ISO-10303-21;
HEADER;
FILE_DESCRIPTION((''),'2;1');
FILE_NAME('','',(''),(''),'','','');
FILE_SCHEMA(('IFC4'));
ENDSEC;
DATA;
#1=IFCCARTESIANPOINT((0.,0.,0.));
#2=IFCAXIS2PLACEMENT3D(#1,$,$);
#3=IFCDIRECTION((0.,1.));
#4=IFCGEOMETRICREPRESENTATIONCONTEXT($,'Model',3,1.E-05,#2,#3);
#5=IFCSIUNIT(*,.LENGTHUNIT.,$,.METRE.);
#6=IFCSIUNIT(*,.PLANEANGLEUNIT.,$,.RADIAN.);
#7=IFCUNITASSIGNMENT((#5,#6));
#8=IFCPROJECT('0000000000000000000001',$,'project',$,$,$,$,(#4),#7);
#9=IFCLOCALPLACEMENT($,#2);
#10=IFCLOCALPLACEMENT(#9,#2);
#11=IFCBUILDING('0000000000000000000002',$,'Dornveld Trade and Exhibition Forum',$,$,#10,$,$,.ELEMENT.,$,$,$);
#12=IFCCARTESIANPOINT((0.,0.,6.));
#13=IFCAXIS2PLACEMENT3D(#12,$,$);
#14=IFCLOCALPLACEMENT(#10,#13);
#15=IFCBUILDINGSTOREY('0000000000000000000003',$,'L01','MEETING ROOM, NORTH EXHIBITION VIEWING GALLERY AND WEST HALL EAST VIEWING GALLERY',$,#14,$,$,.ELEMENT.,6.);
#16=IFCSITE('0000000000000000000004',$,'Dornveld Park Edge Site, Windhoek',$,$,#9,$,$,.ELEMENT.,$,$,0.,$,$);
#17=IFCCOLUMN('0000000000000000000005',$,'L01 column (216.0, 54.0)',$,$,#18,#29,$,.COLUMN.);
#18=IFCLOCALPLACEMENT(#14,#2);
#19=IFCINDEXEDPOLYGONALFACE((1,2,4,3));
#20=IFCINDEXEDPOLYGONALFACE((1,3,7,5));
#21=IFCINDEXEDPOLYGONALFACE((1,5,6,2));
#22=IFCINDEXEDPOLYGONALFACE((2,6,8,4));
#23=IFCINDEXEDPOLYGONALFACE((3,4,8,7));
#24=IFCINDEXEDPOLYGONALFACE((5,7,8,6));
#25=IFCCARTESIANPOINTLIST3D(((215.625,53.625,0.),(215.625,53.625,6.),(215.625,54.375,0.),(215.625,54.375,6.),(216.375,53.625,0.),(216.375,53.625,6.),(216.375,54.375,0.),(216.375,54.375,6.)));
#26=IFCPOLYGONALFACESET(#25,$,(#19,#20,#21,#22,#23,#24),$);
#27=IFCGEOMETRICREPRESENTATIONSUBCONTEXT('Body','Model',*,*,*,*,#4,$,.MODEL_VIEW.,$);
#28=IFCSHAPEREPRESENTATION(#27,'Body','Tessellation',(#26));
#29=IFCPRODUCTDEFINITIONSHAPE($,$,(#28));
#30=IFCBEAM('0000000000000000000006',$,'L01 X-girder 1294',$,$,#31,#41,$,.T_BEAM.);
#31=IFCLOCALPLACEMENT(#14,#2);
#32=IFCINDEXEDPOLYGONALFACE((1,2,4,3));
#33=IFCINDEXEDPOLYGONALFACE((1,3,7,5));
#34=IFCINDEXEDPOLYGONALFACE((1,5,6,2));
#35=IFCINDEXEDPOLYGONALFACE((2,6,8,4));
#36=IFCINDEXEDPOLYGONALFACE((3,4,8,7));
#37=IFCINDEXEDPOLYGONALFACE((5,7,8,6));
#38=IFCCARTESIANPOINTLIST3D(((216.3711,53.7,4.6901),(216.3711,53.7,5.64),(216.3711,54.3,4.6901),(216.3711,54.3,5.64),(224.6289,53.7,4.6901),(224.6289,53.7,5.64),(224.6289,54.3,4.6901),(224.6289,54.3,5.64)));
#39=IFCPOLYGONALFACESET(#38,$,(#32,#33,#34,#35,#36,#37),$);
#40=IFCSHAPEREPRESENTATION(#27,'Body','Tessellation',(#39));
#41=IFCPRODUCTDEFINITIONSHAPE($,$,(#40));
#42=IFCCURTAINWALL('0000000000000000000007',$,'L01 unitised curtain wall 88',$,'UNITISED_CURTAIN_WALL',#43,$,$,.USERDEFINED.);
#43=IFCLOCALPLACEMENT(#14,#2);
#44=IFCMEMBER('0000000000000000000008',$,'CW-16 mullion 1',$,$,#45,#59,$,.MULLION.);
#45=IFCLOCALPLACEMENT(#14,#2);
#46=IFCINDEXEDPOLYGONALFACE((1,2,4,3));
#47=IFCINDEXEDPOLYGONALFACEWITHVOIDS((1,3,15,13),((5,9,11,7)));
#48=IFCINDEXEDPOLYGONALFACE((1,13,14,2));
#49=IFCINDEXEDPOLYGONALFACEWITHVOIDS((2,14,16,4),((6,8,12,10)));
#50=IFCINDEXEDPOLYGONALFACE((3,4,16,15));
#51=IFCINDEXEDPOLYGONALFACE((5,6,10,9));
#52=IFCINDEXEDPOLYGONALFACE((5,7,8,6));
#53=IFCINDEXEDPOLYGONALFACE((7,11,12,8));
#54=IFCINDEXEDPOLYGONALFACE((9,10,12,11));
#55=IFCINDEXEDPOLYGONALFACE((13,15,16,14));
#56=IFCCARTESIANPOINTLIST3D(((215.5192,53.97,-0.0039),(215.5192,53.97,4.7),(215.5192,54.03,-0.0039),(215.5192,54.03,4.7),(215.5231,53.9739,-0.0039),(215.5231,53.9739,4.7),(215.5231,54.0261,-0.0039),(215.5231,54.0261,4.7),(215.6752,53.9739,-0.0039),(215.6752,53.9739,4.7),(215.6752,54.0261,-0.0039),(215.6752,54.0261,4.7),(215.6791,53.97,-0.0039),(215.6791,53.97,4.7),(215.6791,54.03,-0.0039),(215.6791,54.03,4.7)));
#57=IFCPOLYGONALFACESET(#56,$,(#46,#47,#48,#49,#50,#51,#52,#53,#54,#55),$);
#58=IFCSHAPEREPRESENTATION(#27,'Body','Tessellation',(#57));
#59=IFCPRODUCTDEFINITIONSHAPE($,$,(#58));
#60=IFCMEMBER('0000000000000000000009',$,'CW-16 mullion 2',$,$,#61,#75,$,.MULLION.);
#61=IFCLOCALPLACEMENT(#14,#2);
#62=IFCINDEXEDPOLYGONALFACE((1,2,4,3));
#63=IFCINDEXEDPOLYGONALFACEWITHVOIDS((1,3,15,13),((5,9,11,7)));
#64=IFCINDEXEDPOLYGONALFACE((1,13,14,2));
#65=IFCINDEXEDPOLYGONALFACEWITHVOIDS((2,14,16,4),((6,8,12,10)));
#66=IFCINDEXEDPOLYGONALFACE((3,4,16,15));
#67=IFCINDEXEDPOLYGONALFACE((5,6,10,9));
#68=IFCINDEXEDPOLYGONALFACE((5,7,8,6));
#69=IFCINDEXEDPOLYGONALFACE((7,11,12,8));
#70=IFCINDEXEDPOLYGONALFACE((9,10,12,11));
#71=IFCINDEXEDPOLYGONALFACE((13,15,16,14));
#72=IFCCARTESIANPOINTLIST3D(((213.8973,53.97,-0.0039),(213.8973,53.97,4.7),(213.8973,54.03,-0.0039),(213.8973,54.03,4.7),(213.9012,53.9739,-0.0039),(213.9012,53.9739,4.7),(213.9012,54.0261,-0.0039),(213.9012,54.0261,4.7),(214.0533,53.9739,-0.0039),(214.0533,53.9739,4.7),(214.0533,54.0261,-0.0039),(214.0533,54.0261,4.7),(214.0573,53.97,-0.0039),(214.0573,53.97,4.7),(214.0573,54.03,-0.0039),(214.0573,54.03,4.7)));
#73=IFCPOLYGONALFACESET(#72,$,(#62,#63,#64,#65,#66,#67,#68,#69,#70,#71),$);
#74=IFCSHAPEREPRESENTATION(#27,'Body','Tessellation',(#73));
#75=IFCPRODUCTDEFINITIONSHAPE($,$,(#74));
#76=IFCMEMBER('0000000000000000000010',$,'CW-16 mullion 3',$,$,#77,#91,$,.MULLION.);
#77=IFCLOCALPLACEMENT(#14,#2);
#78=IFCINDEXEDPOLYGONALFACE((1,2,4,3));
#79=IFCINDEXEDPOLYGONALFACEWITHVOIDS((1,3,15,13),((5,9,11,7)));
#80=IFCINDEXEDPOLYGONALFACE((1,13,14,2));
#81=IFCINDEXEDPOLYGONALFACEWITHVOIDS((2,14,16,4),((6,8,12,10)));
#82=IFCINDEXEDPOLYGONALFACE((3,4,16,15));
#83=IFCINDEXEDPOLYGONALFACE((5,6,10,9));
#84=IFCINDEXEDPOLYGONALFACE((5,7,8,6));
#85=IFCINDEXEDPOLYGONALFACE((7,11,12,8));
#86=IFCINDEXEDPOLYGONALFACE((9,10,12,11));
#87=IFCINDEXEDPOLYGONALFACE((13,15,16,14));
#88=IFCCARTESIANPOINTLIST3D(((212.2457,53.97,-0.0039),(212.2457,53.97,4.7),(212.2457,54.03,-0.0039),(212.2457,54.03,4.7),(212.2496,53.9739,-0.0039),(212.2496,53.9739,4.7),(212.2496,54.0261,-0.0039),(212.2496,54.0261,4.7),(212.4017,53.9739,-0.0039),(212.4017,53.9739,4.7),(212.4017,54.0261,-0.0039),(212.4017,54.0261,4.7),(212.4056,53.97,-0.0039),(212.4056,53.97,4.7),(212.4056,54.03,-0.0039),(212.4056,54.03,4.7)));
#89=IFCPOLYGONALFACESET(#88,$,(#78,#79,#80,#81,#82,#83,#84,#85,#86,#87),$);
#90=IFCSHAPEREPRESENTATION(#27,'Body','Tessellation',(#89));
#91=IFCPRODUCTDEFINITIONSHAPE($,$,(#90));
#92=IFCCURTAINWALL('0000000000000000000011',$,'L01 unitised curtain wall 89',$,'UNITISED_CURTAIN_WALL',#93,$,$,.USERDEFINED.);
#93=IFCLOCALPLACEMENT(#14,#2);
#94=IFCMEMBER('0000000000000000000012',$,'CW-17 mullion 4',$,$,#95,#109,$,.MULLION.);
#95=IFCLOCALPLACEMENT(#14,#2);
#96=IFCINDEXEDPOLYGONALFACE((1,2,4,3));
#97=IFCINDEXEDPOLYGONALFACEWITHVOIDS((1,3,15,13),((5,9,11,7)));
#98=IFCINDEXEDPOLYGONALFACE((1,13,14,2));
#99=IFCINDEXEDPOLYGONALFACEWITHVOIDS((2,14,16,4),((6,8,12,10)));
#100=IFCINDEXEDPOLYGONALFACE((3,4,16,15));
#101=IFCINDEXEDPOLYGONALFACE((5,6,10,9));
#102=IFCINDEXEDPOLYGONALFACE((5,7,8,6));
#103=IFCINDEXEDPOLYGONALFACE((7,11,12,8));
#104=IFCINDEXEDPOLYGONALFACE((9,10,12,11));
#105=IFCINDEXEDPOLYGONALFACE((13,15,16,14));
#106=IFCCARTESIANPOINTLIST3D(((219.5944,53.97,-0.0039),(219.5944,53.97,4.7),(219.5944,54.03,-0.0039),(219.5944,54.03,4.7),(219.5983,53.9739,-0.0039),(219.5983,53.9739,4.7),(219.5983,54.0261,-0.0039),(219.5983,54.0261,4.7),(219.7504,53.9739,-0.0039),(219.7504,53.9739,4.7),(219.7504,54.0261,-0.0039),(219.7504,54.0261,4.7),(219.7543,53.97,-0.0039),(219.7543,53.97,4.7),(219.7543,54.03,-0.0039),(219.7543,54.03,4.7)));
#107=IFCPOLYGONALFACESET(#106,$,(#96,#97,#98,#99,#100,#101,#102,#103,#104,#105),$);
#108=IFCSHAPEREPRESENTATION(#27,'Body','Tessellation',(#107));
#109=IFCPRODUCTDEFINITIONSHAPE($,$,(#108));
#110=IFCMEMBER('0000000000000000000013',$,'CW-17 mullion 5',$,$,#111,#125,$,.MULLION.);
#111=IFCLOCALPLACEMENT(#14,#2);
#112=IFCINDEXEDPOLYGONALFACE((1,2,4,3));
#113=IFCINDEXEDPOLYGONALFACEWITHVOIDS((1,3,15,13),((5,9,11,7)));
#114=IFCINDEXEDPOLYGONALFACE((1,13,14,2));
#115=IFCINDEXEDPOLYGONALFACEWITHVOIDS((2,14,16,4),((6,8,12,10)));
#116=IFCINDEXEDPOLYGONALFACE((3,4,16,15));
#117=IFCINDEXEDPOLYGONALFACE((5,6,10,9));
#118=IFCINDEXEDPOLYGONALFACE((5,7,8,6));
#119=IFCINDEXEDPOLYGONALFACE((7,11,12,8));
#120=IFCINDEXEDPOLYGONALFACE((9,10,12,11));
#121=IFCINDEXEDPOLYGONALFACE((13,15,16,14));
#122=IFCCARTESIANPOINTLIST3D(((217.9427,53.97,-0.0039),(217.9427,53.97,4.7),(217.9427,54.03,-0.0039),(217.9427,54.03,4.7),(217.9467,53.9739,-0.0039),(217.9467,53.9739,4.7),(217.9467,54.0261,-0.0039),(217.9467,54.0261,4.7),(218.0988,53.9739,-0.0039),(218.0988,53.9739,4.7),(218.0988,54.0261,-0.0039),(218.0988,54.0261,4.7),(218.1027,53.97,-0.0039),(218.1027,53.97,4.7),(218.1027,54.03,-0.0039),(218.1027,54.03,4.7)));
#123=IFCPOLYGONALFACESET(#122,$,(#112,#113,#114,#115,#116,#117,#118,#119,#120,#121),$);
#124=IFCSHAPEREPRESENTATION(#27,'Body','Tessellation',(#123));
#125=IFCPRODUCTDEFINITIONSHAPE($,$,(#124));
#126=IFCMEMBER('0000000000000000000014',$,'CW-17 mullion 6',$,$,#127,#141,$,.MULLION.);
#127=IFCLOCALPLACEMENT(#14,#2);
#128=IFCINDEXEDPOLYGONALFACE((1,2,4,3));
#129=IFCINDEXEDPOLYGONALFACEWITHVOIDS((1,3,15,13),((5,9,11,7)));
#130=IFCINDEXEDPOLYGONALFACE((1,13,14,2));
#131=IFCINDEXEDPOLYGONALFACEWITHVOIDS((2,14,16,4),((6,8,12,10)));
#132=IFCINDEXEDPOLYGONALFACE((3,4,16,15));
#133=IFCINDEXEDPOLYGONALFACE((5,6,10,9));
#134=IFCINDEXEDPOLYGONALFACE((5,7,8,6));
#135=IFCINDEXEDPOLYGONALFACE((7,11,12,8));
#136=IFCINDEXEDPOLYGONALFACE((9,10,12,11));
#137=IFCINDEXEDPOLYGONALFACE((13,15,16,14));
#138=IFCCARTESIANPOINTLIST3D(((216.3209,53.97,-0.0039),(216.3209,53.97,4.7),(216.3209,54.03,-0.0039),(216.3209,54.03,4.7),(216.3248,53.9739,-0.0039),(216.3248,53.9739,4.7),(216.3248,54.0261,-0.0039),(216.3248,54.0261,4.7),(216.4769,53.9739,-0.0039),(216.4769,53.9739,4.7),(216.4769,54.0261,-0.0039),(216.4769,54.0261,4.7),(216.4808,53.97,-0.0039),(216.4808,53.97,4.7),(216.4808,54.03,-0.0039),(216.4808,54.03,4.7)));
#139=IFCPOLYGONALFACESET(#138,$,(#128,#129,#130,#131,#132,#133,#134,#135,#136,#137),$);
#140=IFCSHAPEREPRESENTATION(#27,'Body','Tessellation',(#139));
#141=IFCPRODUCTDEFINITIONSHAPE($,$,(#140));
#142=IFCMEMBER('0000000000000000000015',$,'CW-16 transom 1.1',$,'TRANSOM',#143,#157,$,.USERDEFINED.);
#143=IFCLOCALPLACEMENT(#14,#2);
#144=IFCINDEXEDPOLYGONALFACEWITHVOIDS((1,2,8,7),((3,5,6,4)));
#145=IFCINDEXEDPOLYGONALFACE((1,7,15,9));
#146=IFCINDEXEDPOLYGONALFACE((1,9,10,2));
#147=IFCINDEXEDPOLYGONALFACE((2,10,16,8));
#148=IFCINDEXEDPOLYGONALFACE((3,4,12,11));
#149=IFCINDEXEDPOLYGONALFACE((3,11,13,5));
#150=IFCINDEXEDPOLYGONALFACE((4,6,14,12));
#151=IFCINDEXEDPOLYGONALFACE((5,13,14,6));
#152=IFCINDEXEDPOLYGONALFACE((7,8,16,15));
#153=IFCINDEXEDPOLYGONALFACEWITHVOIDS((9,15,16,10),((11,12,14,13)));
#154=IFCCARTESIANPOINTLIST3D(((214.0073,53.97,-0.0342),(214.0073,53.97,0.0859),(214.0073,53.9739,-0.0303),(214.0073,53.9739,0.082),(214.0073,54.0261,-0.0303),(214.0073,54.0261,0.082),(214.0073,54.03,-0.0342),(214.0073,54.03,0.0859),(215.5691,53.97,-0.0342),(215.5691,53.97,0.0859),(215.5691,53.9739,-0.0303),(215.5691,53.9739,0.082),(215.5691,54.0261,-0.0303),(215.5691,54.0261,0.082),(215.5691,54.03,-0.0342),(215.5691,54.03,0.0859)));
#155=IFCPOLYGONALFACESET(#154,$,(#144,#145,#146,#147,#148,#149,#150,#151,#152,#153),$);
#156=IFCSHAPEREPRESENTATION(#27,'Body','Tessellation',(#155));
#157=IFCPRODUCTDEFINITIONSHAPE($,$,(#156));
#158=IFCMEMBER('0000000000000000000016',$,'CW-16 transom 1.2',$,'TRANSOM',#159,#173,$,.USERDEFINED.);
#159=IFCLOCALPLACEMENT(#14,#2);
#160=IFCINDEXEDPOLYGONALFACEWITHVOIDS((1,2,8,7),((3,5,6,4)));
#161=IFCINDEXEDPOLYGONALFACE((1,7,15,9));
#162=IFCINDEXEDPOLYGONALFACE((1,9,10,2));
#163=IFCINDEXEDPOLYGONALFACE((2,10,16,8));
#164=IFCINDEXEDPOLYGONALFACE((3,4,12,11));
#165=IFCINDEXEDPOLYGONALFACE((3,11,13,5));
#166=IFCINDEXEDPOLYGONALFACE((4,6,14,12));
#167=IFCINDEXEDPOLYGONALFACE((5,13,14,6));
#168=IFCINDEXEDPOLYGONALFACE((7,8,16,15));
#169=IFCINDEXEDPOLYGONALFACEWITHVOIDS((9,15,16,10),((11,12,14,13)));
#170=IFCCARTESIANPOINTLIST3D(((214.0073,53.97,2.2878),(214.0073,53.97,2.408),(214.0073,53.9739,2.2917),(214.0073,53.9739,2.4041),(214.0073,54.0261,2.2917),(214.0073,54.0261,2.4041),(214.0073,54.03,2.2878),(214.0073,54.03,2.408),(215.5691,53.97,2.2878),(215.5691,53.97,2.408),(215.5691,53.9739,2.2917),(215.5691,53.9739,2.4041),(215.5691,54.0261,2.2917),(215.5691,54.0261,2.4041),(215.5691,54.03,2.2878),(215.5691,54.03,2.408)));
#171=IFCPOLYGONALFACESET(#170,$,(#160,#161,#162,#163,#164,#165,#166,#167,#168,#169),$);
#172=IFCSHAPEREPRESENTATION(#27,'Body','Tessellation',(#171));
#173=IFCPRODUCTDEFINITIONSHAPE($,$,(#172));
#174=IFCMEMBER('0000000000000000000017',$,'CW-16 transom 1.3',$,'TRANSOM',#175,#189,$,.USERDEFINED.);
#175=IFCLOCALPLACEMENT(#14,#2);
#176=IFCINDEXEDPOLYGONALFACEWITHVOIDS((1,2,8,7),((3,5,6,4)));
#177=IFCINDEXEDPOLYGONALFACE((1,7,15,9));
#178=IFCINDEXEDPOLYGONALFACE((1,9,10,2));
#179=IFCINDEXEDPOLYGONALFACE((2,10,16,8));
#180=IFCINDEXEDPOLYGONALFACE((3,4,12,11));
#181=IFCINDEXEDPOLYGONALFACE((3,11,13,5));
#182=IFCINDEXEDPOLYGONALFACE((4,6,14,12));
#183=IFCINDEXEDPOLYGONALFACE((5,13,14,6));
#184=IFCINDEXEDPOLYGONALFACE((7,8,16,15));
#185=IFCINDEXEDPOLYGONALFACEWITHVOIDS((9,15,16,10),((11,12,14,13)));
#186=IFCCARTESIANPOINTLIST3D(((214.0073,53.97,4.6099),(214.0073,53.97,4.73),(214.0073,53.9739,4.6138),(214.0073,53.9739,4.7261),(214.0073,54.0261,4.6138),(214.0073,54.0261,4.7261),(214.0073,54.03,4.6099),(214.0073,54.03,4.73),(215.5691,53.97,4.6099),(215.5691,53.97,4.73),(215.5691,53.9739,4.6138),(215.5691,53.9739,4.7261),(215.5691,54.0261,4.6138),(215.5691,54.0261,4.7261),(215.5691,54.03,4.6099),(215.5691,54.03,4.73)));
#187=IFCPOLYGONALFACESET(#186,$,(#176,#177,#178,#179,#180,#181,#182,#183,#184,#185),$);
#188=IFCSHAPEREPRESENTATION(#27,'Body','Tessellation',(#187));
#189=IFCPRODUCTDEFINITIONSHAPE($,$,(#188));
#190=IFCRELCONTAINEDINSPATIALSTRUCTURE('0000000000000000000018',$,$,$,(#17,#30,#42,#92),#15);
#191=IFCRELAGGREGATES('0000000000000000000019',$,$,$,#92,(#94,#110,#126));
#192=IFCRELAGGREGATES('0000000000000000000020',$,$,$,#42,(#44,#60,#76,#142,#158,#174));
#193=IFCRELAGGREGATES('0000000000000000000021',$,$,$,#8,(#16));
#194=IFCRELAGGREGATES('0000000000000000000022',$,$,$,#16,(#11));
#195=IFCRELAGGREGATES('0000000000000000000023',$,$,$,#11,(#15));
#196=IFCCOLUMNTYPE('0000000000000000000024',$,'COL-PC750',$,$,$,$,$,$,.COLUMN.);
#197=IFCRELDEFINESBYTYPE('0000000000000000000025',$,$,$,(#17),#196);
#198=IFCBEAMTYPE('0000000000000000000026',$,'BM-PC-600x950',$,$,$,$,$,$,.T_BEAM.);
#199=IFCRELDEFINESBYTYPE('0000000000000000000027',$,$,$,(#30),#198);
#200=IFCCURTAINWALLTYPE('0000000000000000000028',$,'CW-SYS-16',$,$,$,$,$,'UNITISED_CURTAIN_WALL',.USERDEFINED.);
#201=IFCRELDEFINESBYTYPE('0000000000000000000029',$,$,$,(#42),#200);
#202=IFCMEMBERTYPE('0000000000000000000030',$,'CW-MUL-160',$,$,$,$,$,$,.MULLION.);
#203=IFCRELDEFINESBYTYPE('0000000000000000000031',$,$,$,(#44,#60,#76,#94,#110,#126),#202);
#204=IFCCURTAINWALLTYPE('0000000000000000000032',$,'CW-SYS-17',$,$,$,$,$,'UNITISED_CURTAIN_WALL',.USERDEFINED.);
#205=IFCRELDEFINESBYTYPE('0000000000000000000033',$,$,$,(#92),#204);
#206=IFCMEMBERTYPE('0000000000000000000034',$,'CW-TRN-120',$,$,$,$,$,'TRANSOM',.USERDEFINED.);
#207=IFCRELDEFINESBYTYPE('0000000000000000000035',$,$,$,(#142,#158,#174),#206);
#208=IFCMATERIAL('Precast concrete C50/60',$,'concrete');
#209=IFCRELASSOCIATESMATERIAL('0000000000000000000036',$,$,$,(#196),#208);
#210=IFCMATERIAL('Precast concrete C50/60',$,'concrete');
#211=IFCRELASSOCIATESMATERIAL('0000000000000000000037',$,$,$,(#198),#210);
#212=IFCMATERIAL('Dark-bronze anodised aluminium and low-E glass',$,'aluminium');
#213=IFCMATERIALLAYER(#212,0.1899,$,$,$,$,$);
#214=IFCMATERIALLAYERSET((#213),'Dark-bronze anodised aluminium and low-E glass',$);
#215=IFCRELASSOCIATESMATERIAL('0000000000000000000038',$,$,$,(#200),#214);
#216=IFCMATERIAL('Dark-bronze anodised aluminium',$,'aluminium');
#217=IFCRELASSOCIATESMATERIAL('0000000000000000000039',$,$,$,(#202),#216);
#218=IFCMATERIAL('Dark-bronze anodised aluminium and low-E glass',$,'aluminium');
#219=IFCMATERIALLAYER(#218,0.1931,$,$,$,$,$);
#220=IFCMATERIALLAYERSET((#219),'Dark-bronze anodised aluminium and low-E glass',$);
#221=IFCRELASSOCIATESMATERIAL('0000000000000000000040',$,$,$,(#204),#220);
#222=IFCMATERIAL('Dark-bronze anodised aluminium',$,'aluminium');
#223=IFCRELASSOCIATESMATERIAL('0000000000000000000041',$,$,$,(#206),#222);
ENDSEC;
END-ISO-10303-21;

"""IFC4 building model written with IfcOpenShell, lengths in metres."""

from ifc_helpers import new_model, si_unit, direction, frame, origin, origin_2d, place, context, subcontext, project, spatial, rectangle, hollow_rectangle, extrude, material, layer, layer_set, material_profile, profile_set, type_object, element, aggregate, save


model = new_model("IFC4")

# Units and contexts
model_context = context("Model", 3, precision=1e-05, world=origin(), true_north=direction((0.0, 1.0)))
body_context = subcontext(model_context, "Body", "Model", "MODEL_VIEW")
ifc_project = project(units=[si_unit("LENGTHUNIT", "METRE"), si_unit("PLANEANGLEUNIT", "RADIAN")], contexts=[model_context])

# Site, building, storey
site_placement = place(None, origin())
site = spatial("IfcSite", under=ifc_project, at=site_placement, Name="Dornveld Park Edge Site, Windhoek", CompositionType="ELEMENT", RefElevation=0.0)
building_placement = place(site_placement, origin())
building = spatial("IfcBuilding", under=site, at=building_placement, Name="Dornveld Trade and Exhibition Forum", CompositionType="ELEMENT")
storey_placement = place(building_placement, frame((0.0, 0.0, 6.0)))
storey = spatial("IfcBuildingStorey", under=building, at=storey_placement, Name="L01", Description="MEETING ROOM, NORTH EXHIBITION VIEWING GALLERY AND WEST HALL EAST VIEWING GALLERY", CompositionType="ELEMENT", Elevation=6.0)

# Column
ifc_material_1 = material(Name="Precast concrete C50/60", Category="concrete")
ifc_material_profile_1 = material_profile(ifc_material_1, rectangle(XDim=0.75, YDim=0.75, at=origin_2d()), Name="PC-COL 750x750")
ifc_profile_set_1 = profile_set([ifc_material_profile_1], Name="Precast concrete C50/60")
column_type = type_object("IfcColumnType", Name="COL-PC750", PredefinedType="COLUMN", material=ifc_profile_set_1)
column_placement = place(storey_placement, frame((216.0, 54.0, 0.0), z_axis=(0.0, 0.0, 1.0), x_axis=(1.0, 0.0, 0.0)))
element("IfcColumn", 1, at=column_placement, inside=storey, type_object=column_type, Name="L01 column (216.0, 54.0)", PredefinedType="COLUMN", context=body_context, shape_type="SweptSolid", body=[
    extrude(rectangle(XDim=0.75, YDim=0.75, at=origin_2d()), origin(), (0.0, 0.0, 1.0), 6.0),
])

# Beam
ifc_material_2 = material(Name="Precast concrete C50/60", Category="concrete")
ifc_material_profile_2 = material_profile(ifc_material_2, rectangle(XDim=0.6001, YDim=0.95, at=origin_2d()), Name="PC-GIR 600x950")
ifc_profile_set_2 = profile_set([ifc_material_profile_2], Name="Precast concrete C50/60")
beam_type = type_object("IfcBeamType", Name="BM-PC-600x950", PredefinedType="T_BEAM", material=ifc_profile_set_2)
beam_placement = place(storey_placement, frame((216.3711, 54.0, 5.165), z_axis=(1.0, 0.0, 0.0), x_axis=(0.0, 1.0, 0.0)))
element("IfcBeam", 2, at=beam_placement, inside=storey, type_object=beam_type, Name="L01 X-girder 1294", PredefinedType="T_BEAM", context=body_context, shape_type="SweptSolid", body=[
    extrude(rectangle(XDim=0.6001, YDim=0.95, at=origin_2d()), origin(), (0.0, 0.0, 1.0), 8.2578),
])

# Curtain walls, members
ifc_material_3 = material(Name="Dark-bronze anodised aluminium and low-E glass", Category="aluminium")
ifc_layer_1 = layer(ifc_material_3, 0.1899)
ifc_layer_set_1 = layer_set([ifc_layer_1], Name="Dark-bronze anodised aluminium and low-E glass")
curtain_wall_type_1 = type_object("IfcCurtainWallType", Name="CW-SYS-16", ElementType="UNITISED_CURTAIN_WALL", PredefinedType="USERDEFINED", material=ifc_layer_set_1)
curtain_wall_1_placement = place(storey_placement, origin())
curtain_wall_1 = element("IfcCurtainWall", 3, at=curtain_wall_1_placement, inside=storey, type_object=curtain_wall_type_1, Name="L01 unitised curtain wall 88", ObjectType="UNITISED_CURTAIN_WALL", PredefinedType="USERDEFINED")
ifc_material_4 = material(Name="Dark-bronze anodised aluminium", Category="aluminium")
ifc_material_profile_3 = material_profile(ifc_material_4, hollow_rectangle(XDim=0.0601, YDim=0.1599, WallThickness=0.0039, at=origin_2d()), Name="RHS 160x60x4")
ifc_profile_set_3 = profile_set([ifc_material_profile_3], Name="Dark-bronze anodised aluminium")
member_type_1 = type_object("IfcMemberType", Name="CW-MUL-160", PredefinedType="MULLION", material=ifc_profile_set_3)
member_1_placement = place(storey_placement, frame((215.5991, 54.0, -0.0039), z_axis=(0.0, 0.0, 1.0), x_axis=(0.0, -1.0, 0.0)))
member_1 = element("IfcMember", 4, at=member_1_placement, type_object=member_type_1, Name="CW-16 mullion 1", PredefinedType="MULLION", context=body_context, shape_type="SweptSolid", body=[
    extrude(hollow_rectangle(XDim=0.0601, YDim=0.1599, WallThickness=0.0039, at=origin_2d()), origin(), (0.0, 0.0, 1.0), 4.7039),
])
member_2_placement = place(storey_placement, frame((213.9773, 54.0, -0.0039), z_axis=(0.0, 0.0, 1.0), x_axis=(0.0, -1.0, 0.0)))
member_2 = element("IfcMember", 5, at=member_2_placement, type_object=member_type_1, Name="CW-16 mullion 2", PredefinedType="MULLION", context=body_context, shape_type="SweptSolid", body=[
    extrude(hollow_rectangle(XDim=0.0601, YDim=0.1599, WallThickness=0.0039, at=origin_2d()), origin(), (0.0, 0.0, 1.0), 4.7039),
])
member_3_placement = place(storey_placement, frame((212.3257, 54.0, -0.0039), z_axis=(0.0, 0.0, 1.0), x_axis=(0.0, -1.0, 0.0)))
member_3 = element("IfcMember", 6, at=member_3_placement, type_object=member_type_1, Name="CW-16 mullion 3", PredefinedType="MULLION", context=body_context, shape_type="SweptSolid", body=[
    extrude(hollow_rectangle(XDim=0.0601, YDim=0.1599, WallThickness=0.0039, at=origin_2d()), origin(), (0.0, 0.0, 1.0), 4.7039),
])
ifc_material_5 = material(Name="Dark-bronze anodised aluminium and low-E glass", Category="aluminium")
ifc_layer_2 = layer(ifc_material_5, 0.1931)
ifc_layer_set_2 = layer_set([ifc_layer_2], Name="Dark-bronze anodised aluminium and low-E glass")
curtain_wall_type_2 = type_object("IfcCurtainWallType", Name="CW-SYS-17", ElementType="UNITISED_CURTAIN_WALL", PredefinedType="USERDEFINED", material=ifc_layer_set_2)
curtain_wall_2_placement = place(storey_placement, origin())
curtain_wall_2 = element("IfcCurtainWall", 7, at=curtain_wall_2_placement, inside=storey, type_object=curtain_wall_type_2, Name="L01 unitised curtain wall 89", ObjectType="UNITISED_CURTAIN_WALL", PredefinedType="USERDEFINED")
member_4_placement = place(storey_placement, frame((219.6743, 54.0, -0.0039), z_axis=(0.0, 0.0, 1.0), x_axis=(0.0, -1.0, 0.0)))
member_4 = element("IfcMember", 8, at=member_4_placement, type_object=member_type_1, Name="CW-17 mullion 4", PredefinedType="MULLION", context=body_context, shape_type="SweptSolid", body=[
    extrude(hollow_rectangle(XDim=0.0601, YDim=0.1599, WallThickness=0.0039, at=origin_2d()), origin(), (0.0, 0.0, 1.0), 4.7039),
])
member_5_placement = place(storey_placement, frame((218.0227, 54.0, -0.0039), z_axis=(0.0, 0.0, 1.0), x_axis=(0.0, -1.0, 0.0)))
member_5 = element("IfcMember", 9, at=member_5_placement, type_object=member_type_1, Name="CW-17 mullion 5", PredefinedType="MULLION", context=body_context, shape_type="SweptSolid", body=[
    extrude(hollow_rectangle(XDim=0.0601, YDim=0.1599, WallThickness=0.0039, at=origin_2d()), origin(), (0.0, 0.0, 1.0), 4.7039),
])
member_6_placement = place(storey_placement, frame((216.4009, 54.0, -0.0039), z_axis=(0.0, 0.0, 1.0), x_axis=(0.0, -1.0, 0.0)))
member_6 = element("IfcMember", 10, at=member_6_placement, type_object=member_type_1, Name="CW-17 mullion 6", PredefinedType="MULLION", context=body_context, shape_type="SweptSolid", body=[
    extrude(hollow_rectangle(XDim=0.0601, YDim=0.1599, WallThickness=0.0039, at=origin_2d()), origin(), (0.0, 0.0, 1.0), 4.7039),
])

# Members
ifc_material_6 = material(Name="Dark-bronze anodised aluminium", Category="aluminium")
ifc_material_profile_4 = material_profile(ifc_material_6, hollow_rectangle(XDim=0.0601, YDim=0.1201, WallThickness=0.0039, at=origin_2d()), Name="RHS 120x60x4")
ifc_profile_set_4 = profile_set([ifc_material_profile_4], Name="Dark-bronze anodised aluminium")
member_type_2 = type_object("IfcMemberType", Name="CW-TRN-120", ElementType="TRANSOM", PredefinedType="USERDEFINED", material=ifc_profile_set_4)
member_7_placement = place(storey_placement, frame((215.5691, 54.0, 0.0259), z_axis=(-1.0, 0.0, 0.0), x_axis=(0.0, -1.0, 0.0)))
member_7 = element("IfcMember", 11, at=member_7_placement, type_object=member_type_2, Name="CW-16 transom 1.1", ObjectType="TRANSOM", PredefinedType="USERDEFINED", context=body_context, shape_type="SweptSolid", body=[
    extrude(hollow_rectangle(XDim=0.0601, YDim=0.1201, WallThickness=0.0039, at=origin_2d()), origin(), (0.0, 0.0, 1.0), 1.5618),
])
member_8_placement = place(storey_placement, frame((215.5691, 54.0, 2.3479), z_axis=(-1.0, 0.0, 0.0), x_axis=(0.0, -1.0, 0.0)))
member_8 = element("IfcMember", 12, at=member_8_placement, type_object=member_type_2, Name="CW-16 transom 1.2", ObjectType="TRANSOM", PredefinedType="USERDEFINED", context=body_context, shape_type="SweptSolid", body=[
    extrude(hollow_rectangle(XDim=0.0601, YDim=0.1201, WallThickness=0.0039, at=origin_2d()), origin(), (0.0, 0.0, 1.0), 1.5618),
])
member_9_placement = place(storey_placement, frame((215.5691, 54.0, 4.6699), z_axis=(-1.0, 0.0, 0.0), x_axis=(0.0, -1.0, 0.0)))
member_9 = element("IfcMember", 13, at=member_9_placement, type_object=member_type_2, Name="CW-16 transom 1.3", ObjectType="TRANSOM", PredefinedType="USERDEFINED", context=body_context, shape_type="SweptSolid", body=[
    extrude(hollow_rectangle(XDim=0.0601, YDim=0.1201, WallThickness=0.0039, at=origin_2d()), origin(), (0.0, 0.0, 1.0), 1.5618),
])

aggregate(curtain_wall_2, [member_4, member_5, member_6])
aggregate(curtain_wall_1, [member_1, member_2, member_3, member_7, member_8, member_9])

save(model, "model.ifc")
